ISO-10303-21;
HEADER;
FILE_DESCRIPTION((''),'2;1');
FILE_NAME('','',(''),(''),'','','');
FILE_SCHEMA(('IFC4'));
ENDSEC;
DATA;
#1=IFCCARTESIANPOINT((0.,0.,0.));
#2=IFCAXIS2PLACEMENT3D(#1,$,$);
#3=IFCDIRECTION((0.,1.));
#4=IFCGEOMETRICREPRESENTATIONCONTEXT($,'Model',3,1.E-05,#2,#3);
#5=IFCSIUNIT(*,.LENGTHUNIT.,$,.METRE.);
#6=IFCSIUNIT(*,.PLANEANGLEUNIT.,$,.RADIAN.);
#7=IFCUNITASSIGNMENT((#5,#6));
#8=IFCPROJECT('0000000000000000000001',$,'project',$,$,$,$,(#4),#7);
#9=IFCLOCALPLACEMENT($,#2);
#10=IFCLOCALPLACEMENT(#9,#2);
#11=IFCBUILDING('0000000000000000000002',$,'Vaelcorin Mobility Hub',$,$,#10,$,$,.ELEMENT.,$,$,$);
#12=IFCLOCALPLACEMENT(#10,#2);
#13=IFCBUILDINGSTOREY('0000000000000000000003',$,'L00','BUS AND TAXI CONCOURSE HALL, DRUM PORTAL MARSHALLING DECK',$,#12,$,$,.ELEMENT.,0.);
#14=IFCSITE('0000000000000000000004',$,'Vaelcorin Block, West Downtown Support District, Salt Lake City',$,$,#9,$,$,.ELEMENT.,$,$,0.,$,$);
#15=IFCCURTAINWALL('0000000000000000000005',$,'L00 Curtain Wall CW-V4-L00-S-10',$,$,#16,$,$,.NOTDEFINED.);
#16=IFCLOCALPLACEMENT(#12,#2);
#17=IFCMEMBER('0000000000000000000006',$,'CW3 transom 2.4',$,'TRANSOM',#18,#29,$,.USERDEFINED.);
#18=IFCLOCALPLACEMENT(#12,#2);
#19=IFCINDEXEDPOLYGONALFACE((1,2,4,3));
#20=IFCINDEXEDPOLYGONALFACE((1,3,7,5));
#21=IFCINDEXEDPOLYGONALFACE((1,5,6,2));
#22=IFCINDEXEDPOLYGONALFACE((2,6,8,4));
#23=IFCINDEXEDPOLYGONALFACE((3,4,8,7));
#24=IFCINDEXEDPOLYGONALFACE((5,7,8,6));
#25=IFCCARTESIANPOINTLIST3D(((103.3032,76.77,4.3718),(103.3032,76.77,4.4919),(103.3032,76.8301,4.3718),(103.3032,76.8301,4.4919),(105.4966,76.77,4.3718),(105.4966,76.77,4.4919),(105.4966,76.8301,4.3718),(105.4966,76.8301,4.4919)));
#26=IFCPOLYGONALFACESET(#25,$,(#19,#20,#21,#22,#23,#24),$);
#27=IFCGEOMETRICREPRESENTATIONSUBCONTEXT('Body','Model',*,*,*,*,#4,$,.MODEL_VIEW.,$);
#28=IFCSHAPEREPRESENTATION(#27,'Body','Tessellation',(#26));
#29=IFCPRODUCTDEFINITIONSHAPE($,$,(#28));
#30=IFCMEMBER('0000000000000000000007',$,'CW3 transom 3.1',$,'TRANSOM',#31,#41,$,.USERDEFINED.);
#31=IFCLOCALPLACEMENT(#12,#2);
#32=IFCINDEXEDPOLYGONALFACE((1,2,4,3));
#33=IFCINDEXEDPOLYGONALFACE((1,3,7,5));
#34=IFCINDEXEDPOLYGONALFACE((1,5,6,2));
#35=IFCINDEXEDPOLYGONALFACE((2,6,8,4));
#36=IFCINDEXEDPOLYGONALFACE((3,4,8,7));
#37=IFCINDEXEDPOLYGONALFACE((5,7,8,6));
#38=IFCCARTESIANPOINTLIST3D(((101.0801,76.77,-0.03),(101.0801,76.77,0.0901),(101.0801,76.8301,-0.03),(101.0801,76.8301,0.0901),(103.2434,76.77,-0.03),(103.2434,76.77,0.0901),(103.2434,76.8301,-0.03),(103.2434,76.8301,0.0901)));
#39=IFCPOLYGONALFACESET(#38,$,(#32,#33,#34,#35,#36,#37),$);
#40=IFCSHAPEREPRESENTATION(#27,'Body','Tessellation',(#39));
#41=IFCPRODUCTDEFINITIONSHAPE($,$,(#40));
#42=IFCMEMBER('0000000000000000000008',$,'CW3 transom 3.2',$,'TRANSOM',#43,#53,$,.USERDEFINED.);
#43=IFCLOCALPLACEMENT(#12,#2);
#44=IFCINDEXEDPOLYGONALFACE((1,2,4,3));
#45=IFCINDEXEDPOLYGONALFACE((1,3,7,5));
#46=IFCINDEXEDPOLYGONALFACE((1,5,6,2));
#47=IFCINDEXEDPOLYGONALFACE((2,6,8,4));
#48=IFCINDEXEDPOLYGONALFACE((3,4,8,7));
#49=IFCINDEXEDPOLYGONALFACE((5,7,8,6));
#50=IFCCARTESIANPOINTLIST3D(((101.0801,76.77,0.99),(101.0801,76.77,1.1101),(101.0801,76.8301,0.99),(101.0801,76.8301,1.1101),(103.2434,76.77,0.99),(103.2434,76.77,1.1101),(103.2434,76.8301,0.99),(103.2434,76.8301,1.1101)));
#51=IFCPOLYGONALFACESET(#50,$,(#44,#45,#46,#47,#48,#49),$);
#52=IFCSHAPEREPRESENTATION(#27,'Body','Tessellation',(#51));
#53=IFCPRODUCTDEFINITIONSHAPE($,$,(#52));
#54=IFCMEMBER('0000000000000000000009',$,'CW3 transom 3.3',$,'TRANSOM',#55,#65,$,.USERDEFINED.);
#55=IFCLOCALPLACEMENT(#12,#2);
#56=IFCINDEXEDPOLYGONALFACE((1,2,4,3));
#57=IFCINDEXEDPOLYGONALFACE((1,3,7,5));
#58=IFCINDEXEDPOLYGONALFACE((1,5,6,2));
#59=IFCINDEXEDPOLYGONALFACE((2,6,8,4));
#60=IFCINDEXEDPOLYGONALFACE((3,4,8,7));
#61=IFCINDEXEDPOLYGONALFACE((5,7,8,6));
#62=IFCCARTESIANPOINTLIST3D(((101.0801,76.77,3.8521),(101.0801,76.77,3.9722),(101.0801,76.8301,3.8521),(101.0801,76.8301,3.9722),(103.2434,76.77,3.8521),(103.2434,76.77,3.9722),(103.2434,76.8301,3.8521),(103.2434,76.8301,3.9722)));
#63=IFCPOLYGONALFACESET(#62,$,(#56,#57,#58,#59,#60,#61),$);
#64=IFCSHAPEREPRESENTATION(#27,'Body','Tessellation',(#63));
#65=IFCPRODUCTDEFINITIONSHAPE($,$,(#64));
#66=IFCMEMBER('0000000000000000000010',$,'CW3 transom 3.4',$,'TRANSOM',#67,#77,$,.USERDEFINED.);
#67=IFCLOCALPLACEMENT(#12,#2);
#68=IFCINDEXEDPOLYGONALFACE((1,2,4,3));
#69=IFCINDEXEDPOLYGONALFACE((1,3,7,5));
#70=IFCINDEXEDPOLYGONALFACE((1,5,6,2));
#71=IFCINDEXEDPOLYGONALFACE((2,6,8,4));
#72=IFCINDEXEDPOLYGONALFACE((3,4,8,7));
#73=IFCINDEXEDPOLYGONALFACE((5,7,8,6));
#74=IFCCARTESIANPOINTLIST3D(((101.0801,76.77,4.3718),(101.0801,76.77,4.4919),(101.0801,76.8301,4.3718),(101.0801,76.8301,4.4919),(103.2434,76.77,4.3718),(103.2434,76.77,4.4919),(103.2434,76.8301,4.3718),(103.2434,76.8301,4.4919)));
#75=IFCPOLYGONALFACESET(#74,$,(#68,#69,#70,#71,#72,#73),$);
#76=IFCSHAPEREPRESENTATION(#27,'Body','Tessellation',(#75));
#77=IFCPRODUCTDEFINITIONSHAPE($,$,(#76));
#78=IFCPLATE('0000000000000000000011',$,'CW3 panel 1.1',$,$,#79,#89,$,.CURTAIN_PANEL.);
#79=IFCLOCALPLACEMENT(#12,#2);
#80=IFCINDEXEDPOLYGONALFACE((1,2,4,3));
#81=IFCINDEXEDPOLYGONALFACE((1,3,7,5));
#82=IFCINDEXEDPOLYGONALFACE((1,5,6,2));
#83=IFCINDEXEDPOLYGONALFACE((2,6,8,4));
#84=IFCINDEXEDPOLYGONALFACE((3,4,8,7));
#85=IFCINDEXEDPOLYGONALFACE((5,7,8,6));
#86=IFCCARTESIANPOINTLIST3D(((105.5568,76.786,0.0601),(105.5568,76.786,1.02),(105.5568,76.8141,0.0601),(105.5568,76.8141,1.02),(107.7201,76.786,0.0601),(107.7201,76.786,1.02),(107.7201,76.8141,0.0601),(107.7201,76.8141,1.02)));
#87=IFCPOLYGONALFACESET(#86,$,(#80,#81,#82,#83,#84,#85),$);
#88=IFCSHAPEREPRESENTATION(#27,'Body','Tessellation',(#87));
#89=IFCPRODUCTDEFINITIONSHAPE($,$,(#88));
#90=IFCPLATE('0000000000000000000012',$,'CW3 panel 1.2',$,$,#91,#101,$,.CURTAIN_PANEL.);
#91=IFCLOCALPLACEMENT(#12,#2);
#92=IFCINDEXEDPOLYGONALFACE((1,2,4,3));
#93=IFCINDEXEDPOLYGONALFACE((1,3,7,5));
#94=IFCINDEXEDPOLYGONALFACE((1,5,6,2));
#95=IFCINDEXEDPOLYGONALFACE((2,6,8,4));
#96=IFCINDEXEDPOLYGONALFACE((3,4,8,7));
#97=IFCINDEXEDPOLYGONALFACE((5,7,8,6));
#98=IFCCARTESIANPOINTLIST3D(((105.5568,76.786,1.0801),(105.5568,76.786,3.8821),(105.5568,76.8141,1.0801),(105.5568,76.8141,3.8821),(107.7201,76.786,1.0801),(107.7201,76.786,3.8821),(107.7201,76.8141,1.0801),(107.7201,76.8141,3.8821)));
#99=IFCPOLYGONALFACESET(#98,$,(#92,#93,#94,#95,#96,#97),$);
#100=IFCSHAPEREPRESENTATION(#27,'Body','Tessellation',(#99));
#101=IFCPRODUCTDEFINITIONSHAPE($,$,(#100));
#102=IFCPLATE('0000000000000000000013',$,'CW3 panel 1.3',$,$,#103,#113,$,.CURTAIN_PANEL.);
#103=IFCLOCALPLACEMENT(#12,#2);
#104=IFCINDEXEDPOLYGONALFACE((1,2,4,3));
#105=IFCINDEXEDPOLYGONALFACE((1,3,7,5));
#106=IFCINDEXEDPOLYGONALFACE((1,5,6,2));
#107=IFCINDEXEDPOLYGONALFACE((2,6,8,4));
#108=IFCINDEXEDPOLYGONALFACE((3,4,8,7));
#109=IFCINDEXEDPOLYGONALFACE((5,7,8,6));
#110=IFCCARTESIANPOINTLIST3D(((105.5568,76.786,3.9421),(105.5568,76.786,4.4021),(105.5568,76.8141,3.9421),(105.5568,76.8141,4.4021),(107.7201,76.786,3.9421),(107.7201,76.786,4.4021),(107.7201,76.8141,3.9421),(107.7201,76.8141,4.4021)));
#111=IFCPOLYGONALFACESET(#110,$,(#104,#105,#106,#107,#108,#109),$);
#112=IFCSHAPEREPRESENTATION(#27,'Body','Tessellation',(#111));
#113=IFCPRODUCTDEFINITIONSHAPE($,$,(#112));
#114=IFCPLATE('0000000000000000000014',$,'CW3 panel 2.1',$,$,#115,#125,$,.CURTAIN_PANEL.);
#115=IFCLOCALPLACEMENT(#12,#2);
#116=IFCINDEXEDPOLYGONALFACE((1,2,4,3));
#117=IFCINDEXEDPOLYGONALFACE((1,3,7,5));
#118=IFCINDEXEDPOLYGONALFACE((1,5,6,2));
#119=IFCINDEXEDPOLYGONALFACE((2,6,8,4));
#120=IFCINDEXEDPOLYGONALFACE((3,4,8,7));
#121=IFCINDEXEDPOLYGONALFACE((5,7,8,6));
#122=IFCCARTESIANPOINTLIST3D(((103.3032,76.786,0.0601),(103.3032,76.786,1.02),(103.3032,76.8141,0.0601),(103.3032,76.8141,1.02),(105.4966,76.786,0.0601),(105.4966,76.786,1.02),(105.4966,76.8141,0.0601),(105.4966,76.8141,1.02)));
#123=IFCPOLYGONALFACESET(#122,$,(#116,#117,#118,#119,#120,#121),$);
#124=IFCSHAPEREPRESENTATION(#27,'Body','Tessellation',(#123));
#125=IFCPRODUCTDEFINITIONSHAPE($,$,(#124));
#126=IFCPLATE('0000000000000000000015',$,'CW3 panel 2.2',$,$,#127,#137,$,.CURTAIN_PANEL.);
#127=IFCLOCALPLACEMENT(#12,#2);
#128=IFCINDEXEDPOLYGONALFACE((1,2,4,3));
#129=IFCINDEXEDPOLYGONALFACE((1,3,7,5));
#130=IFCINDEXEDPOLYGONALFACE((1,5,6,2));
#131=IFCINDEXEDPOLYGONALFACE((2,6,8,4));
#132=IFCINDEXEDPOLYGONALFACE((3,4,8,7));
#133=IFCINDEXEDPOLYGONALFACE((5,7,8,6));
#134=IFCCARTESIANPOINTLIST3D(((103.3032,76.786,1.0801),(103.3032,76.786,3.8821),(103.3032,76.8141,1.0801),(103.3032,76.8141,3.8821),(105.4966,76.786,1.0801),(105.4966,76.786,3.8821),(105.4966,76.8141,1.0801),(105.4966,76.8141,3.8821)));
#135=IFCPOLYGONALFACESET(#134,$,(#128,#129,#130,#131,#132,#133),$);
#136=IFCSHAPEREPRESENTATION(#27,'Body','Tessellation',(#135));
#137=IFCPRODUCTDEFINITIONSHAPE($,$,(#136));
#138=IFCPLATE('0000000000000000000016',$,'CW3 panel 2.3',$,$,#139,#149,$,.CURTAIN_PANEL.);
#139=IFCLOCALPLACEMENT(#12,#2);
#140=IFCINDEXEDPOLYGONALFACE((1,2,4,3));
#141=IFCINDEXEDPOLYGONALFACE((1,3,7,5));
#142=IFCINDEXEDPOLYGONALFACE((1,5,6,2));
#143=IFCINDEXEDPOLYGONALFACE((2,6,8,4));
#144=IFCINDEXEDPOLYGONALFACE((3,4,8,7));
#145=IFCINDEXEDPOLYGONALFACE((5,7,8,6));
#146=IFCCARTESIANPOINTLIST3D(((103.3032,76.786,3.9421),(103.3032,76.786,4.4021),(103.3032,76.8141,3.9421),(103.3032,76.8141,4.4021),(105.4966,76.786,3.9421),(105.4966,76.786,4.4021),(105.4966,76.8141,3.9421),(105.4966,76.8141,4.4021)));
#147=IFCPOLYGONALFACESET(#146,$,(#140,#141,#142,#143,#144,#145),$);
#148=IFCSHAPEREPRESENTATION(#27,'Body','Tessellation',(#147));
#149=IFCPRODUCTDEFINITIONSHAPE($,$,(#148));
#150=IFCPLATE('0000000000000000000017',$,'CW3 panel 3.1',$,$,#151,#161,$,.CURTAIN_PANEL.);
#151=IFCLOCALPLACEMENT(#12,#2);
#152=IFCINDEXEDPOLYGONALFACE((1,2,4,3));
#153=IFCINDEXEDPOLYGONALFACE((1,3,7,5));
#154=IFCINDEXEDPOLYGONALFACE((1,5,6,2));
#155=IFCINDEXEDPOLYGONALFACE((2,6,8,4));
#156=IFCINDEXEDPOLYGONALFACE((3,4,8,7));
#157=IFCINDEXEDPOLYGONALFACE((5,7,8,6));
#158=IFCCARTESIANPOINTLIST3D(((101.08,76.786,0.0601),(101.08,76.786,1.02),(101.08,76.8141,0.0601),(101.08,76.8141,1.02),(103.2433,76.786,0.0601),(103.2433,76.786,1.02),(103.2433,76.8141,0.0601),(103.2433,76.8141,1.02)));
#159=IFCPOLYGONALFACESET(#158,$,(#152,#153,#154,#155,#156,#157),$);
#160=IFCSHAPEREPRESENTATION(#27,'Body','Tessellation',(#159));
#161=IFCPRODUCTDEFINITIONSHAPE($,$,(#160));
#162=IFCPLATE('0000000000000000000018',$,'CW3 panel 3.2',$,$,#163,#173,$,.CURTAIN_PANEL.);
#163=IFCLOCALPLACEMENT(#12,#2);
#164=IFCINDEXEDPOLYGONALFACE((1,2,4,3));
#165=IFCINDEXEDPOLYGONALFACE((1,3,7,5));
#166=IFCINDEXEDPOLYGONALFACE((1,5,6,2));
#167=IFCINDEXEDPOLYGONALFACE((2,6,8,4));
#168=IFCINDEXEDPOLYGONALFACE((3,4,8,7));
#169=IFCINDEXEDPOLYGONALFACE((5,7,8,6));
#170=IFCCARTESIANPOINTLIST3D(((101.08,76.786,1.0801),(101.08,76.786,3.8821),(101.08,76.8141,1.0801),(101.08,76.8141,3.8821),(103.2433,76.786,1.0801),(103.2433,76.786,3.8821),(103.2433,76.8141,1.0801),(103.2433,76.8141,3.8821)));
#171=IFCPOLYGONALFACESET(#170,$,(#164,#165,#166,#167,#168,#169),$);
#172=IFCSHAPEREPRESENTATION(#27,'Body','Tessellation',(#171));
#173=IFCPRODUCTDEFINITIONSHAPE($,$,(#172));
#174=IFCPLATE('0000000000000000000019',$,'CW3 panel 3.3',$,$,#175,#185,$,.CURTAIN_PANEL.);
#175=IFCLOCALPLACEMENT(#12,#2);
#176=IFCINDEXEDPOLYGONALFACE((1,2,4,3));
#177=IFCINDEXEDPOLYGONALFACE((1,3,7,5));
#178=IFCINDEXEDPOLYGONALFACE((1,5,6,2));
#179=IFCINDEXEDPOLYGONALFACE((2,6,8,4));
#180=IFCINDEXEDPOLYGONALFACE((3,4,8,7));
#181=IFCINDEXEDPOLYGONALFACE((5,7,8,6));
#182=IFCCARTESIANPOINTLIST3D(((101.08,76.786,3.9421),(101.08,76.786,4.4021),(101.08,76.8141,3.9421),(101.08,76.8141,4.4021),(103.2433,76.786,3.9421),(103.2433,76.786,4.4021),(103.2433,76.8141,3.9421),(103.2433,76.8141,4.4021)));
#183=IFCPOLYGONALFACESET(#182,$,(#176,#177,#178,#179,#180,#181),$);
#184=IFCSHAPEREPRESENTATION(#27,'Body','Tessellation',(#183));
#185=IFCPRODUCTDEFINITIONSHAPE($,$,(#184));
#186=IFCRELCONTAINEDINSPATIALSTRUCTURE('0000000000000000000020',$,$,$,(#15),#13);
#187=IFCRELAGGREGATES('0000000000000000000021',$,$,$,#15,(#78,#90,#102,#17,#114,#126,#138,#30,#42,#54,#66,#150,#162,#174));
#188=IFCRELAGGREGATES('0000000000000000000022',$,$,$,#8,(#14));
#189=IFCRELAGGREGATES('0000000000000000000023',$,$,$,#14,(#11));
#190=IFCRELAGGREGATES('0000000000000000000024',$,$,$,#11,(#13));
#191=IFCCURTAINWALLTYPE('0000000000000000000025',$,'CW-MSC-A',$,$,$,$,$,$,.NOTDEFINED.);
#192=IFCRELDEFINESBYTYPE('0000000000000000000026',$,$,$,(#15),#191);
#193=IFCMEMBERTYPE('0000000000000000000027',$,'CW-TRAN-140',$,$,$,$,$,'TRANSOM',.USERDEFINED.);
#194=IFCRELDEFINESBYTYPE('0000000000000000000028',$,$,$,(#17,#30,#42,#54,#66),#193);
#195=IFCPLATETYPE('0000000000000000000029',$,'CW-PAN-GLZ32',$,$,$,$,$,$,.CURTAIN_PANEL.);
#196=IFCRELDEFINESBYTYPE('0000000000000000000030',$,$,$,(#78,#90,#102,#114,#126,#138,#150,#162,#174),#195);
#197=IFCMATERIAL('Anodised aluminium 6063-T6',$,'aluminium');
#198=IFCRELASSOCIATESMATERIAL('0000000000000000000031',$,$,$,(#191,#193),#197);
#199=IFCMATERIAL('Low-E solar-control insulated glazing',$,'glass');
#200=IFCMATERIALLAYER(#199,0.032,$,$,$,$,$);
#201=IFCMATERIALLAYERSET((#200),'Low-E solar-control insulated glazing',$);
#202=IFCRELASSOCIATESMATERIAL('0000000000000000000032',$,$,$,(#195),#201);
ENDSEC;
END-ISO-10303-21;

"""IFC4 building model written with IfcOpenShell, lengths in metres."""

from ifc_helpers import new_model, si_unit, direction, frame, origin, origin_2d, place, context, subcontext, project, spatial, rectangle, extrude, material, layer, layer_set, material_profile, profile_set, type_object, element, aggregate, save


model = new_model("IFC4")

# Units and contexts
model_context = context("Model", 3, precision=1e-05, world=origin(), true_north=direction((0.0, 1.0)))
body_context = subcontext(model_context, "Body", "Model", "MODEL_VIEW")
ifc_project = project(units=[si_unit("LENGTHUNIT", "METRE"), si_unit("PLANEANGLEUNIT", "RADIAN")], contexts=[model_context])

# Site, building, storey
site_placement = place(None, origin())
site = spatial("IfcSite", under=ifc_project, at=site_placement, Name="Vaelcorin Block, West Downtown Support District, Salt Lake City", CompositionType="ELEMENT", RefElevation=0.0)
building_placement = place(site_placement, origin())
building = spatial("IfcBuilding", under=site, at=building_placement, Name="Vaelcorin Mobility Hub", CompositionType="ELEMENT")
storey_placement = place(building_placement, origin())
storey = spatial("IfcBuildingStorey", under=building, at=storey_placement, Name="L00", Description="BUS AND TAXI CONCOURSE HALL, DRUM PORTAL MARSHALLING DECK", CompositionType="ELEMENT", Elevation=0.0)

# Curtain wall, members, plates
ifc_material_1 = material(Name="Anodised aluminium 6063-T6", Category="aluminium")
curtain_wall_type = type_object("IfcCurtainWallType", Name="CW-MSC-A", PredefinedType="NOTDEFINED", material=ifc_material_1)
curtain_wall_placement = place(storey_placement, origin())
curtain_wall = element("IfcCurtainWall", 1, at=curtain_wall_placement, inside=storey, type_object=curtain_wall_type, Name="L00 Curtain Wall CW-V4-L00-S-10", PredefinedType="NOTDEFINED")
ifc_material_profile_1 = material_profile(ifc_material_1, rectangle(XDim=0.0601, YDim=0.1201, at=origin_2d()), Name="ALU-T60X120")
ifc_profile_set_1 = profile_set([ifc_material_profile_1], Name="Anodised aluminium 6063-T6")
member_type_1 = type_object("IfcMemberType", Name="CW-TRAN-140", ElementType="TRANSOM", PredefinedType="USERDEFINED", material=ifc_profile_set_1)
member_1_placement = place(storey_placement, frame((105.4966, 76.8, 4.4319), z_axis=(-1.0, 0.0, 0.0), x_axis=(0.0, -1.0, 0.0)))
member_1 = element("IfcMember", 2, at=member_1_placement, type_object=member_type_1, Name="CW3 transom 2.4", ObjectType="TRANSOM", PredefinedType="USERDEFINED", context=body_context, shape_type="SweptSolid", body=[
    extrude(rectangle(XDim=0.0601, YDim=0.1201, at=origin_2d()), origin(), (0.0, 0.0, 1.0), 2.1934),
])
member_2_placement = place(storey_placement, frame((103.2434, 76.8, 0.03), z_axis=(-1.0, 0.0, 0.0), x_axis=(0.0, -1.0, 0.0)))
member_2 = element("IfcMember", 3, at=member_2_placement, type_object=member_type_1, Name="CW3 transom 3.1", ObjectType="TRANSOM", PredefinedType="USERDEFINED", context=body_context, shape_type="SweptSolid", body=[
    extrude(rectangle(XDim=0.0601, YDim=0.1201, at=origin_2d()), origin(), (0.0, 0.0, 1.0), 2.1633),
])
member_3_placement = place(storey_placement, frame((103.2434, 76.8, 1.05), z_axis=(-1.0, 0.0, 0.0), x_axis=(0.0, -1.0, 0.0)))
member_3 = element("IfcMember", 4, at=member_3_placement, type_object=member_type_1, Name="CW3 transom 3.2", ObjectType="TRANSOM", PredefinedType="USERDEFINED", context=body_context, shape_type="SweptSolid", body=[
    extrude(rectangle(XDim=0.0601, YDim=0.1201, at=origin_2d()), origin(), (0.0, 0.0, 1.0), 2.1633),
])
member_4_placement = place(storey_placement, frame((103.2434, 76.8, 3.9121), z_axis=(-1.0, 0.0, 0.0), x_axis=(0.0, -1.0, 0.0)))
member_4 = element("IfcMember", 5, at=member_4_placement, type_object=member_type_1, Name="CW3 transom 3.3", ObjectType="TRANSOM", PredefinedType="USERDEFINED", context=body_context, shape_type="SweptSolid", body=[
    extrude(rectangle(XDim=0.0601, YDim=0.1201, at=origin_2d()), origin(), (0.0, 0.0, 1.0), 2.1633),
])
member_5_placement = place(storey_placement, frame((103.2434, 76.8, 4.4319), z_axis=(-1.0, 0.0, 0.0), x_axis=(0.0, -1.0, 0.0)))
member_5 = element("IfcMember", 6, at=member_5_placement, type_object=member_type_1, Name="CW3 transom 3.4", ObjectType="TRANSOM", PredefinedType="USERDEFINED", context=body_context, shape_type="SweptSolid", body=[
    extrude(rectangle(XDim=0.0601, YDim=0.1201, at=origin_2d()), origin(), (0.0, 0.0, 1.0), 2.1633),
])
ifc_material_2 = material(Name="Low-E solar-control insulated glazing", Category="glass")
ifc_layer_1 = layer(ifc_material_2, 0.032)
ifc_layer_set_1 = layer_set([ifc_layer_1], Name="Low-E solar-control insulated glazing")
plate_type = type_object("IfcPlateType", Name="CW-PAN-GLZ32", PredefinedType="CURTAIN_PANEL", material=ifc_layer_set_1)
plate_1_placement = place(storey_placement, frame((106.6384, 76.8, 0.0601), z_axis=(0.0, 0.0, 1.0), x_axis=(-1.0, 0.0, 0.0)))
plate_1 = element("IfcPlate", 7, at=plate_1_placement, type_object=plate_type, Name="CW3 panel 1.1", PredefinedType="CURTAIN_PANEL", context=body_context, shape_type="SweptSolid", body=[
    extrude(rectangle(XDim=2.1633, YDim=0.0281, at=origin_2d()), origin(), (0.0, 0.0, 1.0), 0.96),
])
plate_2_placement = place(storey_placement, frame((106.6384, 76.8, 1.0801), z_axis=(0.0, 0.0, 1.0), x_axis=(-1.0, 0.0, 0.0)))
plate_2 = element("IfcPlate", 8, at=plate_2_placement, type_object=plate_type, Name="CW3 panel 1.2", PredefinedType="CURTAIN_PANEL", context=body_context, shape_type="SweptSolid", body=[
    extrude(rectangle(XDim=2.1633, YDim=0.0281, at=origin_2d()), origin(), (0.0, 0.0, 1.0), 2.802),
])
plate_3_placement = place(storey_placement, frame((106.6384, 76.8, 3.9421), z_axis=(0.0, 0.0, 1.0), x_axis=(-1.0, 0.0, 0.0)))
plate_3 = element("IfcPlate", 9, at=plate_3_placement, type_object=plate_type, Name="CW3 panel 1.3", PredefinedType="CURTAIN_PANEL", context=body_context, shape_type="SweptSolid", body=[
    extrude(rectangle(XDim=2.1633, YDim=0.0281, at=origin_2d()), origin(), (0.0, 0.0, 1.0), 0.46),
])
plate_4_placement = place(storey_placement, frame((104.3999, 76.8, 0.0601), z_axis=(0.0, 0.0, 1.0), x_axis=(-1.0, 0.0, 0.0)))
plate_4 = element("IfcPlate", 10, at=plate_4_placement, type_object=plate_type, Name="CW3 panel 2.1", PredefinedType="CURTAIN_PANEL", context=body_context, shape_type="SweptSolid", body=[
    extrude(rectangle(XDim=2.1934, YDim=0.0281, at=origin_2d()), origin(), (0.0, 0.0, 1.0), 0.96),
])
plate_5_placement = place(storey_placement, frame((104.3999, 76.8, 1.0801), z_axis=(0.0, 0.0, 1.0), x_axis=(-1.0, 0.0, 0.0)))
plate_5 = element("IfcPlate", 11, at=plate_5_placement, type_object=plate_type, Name="CW3 panel 2.2", PredefinedType="CURTAIN_PANEL", context=body_context, shape_type="SweptSolid", body=[
    extrude(rectangle(XDim=2.1934, YDim=0.0281, at=origin_2d()), origin(), (0.0, 0.0, 1.0), 2.802),
])
plate_6_placement = place(storey_placement, frame((104.3999, 76.8, 3.9421), z_axis=(0.0, 0.0, 1.0), x_axis=(-1.0, 0.0, 0.0)))
plate_6 = element("IfcPlate", 12, at=plate_6_placement, type_object=plate_type, Name="CW3 panel 2.3", PredefinedType="CURTAIN_PANEL", context=body_context, shape_type="SweptSolid", body=[
    extrude(rectangle(XDim=2.1934, YDim=0.0281, at=origin_2d()), origin(), (0.0, 0.0, 1.0), 0.46),
])
plate_7_placement = place(storey_placement, frame((102.1616, 76.8, 0.0601), z_axis=(0.0, 0.0, 1.0), x_axis=(-1.0, 0.0, 0.0)))
plate_7 = element("IfcPlate", 13, at=plate_7_placement, type_object=plate_type, Name="CW3 panel 3.1", PredefinedType="CURTAIN_PANEL", context=body_context, shape_type="SweptSolid", body=[
    extrude(rectangle(XDim=2.1633, YDim=0.0281, at=origin_2d()), origin(), (0.0, 0.0, 1.0), 0.96),
])
plate_8_placement = place(storey_placement, frame((102.1616, 76.8, 1.0801), z_axis=(0.0, 0.0, 1.0), x_axis=(-1.0, 0.0, 0.0)))
plate_8 = element("IfcPlate", 14, at=plate_8_placement, type_object=plate_type, Name="CW3 panel 3.2", PredefinedType="CURTAIN_PANEL", context=body_context, shape_type="SweptSolid", body=[
    extrude(rectangle(XDim=2.1633, YDim=0.0281, at=origin_2d()), origin(), (0.0, 0.0, 1.0), 2.802),
])
plate_9_placement = place(storey_placement, frame((102.1616, 76.8, 3.9421), z_axis=(0.0, 0.0, 1.0), x_axis=(-1.0, 0.0, 0.0)))
plate_9 = element("IfcPlate", 15, at=plate_9_placement, type_object=plate_type, Name="CW3 panel 3.3", PredefinedType="CURTAIN_PANEL", context=body_context, shape_type="SweptSolid", body=[
    extrude(rectangle(XDim=2.1633, YDim=0.0281, at=origin_2d()), origin(), (0.0, 0.0, 1.0), 0.46),
])
aggregate(curtain_wall, [plate_1, plate_2, plate_3, member_1, plate_4, plate_5, plate_6, member_2, member_3, member_4, member_5, plate_7, plate_8, plate_9])

save(model, "model.ifc")
